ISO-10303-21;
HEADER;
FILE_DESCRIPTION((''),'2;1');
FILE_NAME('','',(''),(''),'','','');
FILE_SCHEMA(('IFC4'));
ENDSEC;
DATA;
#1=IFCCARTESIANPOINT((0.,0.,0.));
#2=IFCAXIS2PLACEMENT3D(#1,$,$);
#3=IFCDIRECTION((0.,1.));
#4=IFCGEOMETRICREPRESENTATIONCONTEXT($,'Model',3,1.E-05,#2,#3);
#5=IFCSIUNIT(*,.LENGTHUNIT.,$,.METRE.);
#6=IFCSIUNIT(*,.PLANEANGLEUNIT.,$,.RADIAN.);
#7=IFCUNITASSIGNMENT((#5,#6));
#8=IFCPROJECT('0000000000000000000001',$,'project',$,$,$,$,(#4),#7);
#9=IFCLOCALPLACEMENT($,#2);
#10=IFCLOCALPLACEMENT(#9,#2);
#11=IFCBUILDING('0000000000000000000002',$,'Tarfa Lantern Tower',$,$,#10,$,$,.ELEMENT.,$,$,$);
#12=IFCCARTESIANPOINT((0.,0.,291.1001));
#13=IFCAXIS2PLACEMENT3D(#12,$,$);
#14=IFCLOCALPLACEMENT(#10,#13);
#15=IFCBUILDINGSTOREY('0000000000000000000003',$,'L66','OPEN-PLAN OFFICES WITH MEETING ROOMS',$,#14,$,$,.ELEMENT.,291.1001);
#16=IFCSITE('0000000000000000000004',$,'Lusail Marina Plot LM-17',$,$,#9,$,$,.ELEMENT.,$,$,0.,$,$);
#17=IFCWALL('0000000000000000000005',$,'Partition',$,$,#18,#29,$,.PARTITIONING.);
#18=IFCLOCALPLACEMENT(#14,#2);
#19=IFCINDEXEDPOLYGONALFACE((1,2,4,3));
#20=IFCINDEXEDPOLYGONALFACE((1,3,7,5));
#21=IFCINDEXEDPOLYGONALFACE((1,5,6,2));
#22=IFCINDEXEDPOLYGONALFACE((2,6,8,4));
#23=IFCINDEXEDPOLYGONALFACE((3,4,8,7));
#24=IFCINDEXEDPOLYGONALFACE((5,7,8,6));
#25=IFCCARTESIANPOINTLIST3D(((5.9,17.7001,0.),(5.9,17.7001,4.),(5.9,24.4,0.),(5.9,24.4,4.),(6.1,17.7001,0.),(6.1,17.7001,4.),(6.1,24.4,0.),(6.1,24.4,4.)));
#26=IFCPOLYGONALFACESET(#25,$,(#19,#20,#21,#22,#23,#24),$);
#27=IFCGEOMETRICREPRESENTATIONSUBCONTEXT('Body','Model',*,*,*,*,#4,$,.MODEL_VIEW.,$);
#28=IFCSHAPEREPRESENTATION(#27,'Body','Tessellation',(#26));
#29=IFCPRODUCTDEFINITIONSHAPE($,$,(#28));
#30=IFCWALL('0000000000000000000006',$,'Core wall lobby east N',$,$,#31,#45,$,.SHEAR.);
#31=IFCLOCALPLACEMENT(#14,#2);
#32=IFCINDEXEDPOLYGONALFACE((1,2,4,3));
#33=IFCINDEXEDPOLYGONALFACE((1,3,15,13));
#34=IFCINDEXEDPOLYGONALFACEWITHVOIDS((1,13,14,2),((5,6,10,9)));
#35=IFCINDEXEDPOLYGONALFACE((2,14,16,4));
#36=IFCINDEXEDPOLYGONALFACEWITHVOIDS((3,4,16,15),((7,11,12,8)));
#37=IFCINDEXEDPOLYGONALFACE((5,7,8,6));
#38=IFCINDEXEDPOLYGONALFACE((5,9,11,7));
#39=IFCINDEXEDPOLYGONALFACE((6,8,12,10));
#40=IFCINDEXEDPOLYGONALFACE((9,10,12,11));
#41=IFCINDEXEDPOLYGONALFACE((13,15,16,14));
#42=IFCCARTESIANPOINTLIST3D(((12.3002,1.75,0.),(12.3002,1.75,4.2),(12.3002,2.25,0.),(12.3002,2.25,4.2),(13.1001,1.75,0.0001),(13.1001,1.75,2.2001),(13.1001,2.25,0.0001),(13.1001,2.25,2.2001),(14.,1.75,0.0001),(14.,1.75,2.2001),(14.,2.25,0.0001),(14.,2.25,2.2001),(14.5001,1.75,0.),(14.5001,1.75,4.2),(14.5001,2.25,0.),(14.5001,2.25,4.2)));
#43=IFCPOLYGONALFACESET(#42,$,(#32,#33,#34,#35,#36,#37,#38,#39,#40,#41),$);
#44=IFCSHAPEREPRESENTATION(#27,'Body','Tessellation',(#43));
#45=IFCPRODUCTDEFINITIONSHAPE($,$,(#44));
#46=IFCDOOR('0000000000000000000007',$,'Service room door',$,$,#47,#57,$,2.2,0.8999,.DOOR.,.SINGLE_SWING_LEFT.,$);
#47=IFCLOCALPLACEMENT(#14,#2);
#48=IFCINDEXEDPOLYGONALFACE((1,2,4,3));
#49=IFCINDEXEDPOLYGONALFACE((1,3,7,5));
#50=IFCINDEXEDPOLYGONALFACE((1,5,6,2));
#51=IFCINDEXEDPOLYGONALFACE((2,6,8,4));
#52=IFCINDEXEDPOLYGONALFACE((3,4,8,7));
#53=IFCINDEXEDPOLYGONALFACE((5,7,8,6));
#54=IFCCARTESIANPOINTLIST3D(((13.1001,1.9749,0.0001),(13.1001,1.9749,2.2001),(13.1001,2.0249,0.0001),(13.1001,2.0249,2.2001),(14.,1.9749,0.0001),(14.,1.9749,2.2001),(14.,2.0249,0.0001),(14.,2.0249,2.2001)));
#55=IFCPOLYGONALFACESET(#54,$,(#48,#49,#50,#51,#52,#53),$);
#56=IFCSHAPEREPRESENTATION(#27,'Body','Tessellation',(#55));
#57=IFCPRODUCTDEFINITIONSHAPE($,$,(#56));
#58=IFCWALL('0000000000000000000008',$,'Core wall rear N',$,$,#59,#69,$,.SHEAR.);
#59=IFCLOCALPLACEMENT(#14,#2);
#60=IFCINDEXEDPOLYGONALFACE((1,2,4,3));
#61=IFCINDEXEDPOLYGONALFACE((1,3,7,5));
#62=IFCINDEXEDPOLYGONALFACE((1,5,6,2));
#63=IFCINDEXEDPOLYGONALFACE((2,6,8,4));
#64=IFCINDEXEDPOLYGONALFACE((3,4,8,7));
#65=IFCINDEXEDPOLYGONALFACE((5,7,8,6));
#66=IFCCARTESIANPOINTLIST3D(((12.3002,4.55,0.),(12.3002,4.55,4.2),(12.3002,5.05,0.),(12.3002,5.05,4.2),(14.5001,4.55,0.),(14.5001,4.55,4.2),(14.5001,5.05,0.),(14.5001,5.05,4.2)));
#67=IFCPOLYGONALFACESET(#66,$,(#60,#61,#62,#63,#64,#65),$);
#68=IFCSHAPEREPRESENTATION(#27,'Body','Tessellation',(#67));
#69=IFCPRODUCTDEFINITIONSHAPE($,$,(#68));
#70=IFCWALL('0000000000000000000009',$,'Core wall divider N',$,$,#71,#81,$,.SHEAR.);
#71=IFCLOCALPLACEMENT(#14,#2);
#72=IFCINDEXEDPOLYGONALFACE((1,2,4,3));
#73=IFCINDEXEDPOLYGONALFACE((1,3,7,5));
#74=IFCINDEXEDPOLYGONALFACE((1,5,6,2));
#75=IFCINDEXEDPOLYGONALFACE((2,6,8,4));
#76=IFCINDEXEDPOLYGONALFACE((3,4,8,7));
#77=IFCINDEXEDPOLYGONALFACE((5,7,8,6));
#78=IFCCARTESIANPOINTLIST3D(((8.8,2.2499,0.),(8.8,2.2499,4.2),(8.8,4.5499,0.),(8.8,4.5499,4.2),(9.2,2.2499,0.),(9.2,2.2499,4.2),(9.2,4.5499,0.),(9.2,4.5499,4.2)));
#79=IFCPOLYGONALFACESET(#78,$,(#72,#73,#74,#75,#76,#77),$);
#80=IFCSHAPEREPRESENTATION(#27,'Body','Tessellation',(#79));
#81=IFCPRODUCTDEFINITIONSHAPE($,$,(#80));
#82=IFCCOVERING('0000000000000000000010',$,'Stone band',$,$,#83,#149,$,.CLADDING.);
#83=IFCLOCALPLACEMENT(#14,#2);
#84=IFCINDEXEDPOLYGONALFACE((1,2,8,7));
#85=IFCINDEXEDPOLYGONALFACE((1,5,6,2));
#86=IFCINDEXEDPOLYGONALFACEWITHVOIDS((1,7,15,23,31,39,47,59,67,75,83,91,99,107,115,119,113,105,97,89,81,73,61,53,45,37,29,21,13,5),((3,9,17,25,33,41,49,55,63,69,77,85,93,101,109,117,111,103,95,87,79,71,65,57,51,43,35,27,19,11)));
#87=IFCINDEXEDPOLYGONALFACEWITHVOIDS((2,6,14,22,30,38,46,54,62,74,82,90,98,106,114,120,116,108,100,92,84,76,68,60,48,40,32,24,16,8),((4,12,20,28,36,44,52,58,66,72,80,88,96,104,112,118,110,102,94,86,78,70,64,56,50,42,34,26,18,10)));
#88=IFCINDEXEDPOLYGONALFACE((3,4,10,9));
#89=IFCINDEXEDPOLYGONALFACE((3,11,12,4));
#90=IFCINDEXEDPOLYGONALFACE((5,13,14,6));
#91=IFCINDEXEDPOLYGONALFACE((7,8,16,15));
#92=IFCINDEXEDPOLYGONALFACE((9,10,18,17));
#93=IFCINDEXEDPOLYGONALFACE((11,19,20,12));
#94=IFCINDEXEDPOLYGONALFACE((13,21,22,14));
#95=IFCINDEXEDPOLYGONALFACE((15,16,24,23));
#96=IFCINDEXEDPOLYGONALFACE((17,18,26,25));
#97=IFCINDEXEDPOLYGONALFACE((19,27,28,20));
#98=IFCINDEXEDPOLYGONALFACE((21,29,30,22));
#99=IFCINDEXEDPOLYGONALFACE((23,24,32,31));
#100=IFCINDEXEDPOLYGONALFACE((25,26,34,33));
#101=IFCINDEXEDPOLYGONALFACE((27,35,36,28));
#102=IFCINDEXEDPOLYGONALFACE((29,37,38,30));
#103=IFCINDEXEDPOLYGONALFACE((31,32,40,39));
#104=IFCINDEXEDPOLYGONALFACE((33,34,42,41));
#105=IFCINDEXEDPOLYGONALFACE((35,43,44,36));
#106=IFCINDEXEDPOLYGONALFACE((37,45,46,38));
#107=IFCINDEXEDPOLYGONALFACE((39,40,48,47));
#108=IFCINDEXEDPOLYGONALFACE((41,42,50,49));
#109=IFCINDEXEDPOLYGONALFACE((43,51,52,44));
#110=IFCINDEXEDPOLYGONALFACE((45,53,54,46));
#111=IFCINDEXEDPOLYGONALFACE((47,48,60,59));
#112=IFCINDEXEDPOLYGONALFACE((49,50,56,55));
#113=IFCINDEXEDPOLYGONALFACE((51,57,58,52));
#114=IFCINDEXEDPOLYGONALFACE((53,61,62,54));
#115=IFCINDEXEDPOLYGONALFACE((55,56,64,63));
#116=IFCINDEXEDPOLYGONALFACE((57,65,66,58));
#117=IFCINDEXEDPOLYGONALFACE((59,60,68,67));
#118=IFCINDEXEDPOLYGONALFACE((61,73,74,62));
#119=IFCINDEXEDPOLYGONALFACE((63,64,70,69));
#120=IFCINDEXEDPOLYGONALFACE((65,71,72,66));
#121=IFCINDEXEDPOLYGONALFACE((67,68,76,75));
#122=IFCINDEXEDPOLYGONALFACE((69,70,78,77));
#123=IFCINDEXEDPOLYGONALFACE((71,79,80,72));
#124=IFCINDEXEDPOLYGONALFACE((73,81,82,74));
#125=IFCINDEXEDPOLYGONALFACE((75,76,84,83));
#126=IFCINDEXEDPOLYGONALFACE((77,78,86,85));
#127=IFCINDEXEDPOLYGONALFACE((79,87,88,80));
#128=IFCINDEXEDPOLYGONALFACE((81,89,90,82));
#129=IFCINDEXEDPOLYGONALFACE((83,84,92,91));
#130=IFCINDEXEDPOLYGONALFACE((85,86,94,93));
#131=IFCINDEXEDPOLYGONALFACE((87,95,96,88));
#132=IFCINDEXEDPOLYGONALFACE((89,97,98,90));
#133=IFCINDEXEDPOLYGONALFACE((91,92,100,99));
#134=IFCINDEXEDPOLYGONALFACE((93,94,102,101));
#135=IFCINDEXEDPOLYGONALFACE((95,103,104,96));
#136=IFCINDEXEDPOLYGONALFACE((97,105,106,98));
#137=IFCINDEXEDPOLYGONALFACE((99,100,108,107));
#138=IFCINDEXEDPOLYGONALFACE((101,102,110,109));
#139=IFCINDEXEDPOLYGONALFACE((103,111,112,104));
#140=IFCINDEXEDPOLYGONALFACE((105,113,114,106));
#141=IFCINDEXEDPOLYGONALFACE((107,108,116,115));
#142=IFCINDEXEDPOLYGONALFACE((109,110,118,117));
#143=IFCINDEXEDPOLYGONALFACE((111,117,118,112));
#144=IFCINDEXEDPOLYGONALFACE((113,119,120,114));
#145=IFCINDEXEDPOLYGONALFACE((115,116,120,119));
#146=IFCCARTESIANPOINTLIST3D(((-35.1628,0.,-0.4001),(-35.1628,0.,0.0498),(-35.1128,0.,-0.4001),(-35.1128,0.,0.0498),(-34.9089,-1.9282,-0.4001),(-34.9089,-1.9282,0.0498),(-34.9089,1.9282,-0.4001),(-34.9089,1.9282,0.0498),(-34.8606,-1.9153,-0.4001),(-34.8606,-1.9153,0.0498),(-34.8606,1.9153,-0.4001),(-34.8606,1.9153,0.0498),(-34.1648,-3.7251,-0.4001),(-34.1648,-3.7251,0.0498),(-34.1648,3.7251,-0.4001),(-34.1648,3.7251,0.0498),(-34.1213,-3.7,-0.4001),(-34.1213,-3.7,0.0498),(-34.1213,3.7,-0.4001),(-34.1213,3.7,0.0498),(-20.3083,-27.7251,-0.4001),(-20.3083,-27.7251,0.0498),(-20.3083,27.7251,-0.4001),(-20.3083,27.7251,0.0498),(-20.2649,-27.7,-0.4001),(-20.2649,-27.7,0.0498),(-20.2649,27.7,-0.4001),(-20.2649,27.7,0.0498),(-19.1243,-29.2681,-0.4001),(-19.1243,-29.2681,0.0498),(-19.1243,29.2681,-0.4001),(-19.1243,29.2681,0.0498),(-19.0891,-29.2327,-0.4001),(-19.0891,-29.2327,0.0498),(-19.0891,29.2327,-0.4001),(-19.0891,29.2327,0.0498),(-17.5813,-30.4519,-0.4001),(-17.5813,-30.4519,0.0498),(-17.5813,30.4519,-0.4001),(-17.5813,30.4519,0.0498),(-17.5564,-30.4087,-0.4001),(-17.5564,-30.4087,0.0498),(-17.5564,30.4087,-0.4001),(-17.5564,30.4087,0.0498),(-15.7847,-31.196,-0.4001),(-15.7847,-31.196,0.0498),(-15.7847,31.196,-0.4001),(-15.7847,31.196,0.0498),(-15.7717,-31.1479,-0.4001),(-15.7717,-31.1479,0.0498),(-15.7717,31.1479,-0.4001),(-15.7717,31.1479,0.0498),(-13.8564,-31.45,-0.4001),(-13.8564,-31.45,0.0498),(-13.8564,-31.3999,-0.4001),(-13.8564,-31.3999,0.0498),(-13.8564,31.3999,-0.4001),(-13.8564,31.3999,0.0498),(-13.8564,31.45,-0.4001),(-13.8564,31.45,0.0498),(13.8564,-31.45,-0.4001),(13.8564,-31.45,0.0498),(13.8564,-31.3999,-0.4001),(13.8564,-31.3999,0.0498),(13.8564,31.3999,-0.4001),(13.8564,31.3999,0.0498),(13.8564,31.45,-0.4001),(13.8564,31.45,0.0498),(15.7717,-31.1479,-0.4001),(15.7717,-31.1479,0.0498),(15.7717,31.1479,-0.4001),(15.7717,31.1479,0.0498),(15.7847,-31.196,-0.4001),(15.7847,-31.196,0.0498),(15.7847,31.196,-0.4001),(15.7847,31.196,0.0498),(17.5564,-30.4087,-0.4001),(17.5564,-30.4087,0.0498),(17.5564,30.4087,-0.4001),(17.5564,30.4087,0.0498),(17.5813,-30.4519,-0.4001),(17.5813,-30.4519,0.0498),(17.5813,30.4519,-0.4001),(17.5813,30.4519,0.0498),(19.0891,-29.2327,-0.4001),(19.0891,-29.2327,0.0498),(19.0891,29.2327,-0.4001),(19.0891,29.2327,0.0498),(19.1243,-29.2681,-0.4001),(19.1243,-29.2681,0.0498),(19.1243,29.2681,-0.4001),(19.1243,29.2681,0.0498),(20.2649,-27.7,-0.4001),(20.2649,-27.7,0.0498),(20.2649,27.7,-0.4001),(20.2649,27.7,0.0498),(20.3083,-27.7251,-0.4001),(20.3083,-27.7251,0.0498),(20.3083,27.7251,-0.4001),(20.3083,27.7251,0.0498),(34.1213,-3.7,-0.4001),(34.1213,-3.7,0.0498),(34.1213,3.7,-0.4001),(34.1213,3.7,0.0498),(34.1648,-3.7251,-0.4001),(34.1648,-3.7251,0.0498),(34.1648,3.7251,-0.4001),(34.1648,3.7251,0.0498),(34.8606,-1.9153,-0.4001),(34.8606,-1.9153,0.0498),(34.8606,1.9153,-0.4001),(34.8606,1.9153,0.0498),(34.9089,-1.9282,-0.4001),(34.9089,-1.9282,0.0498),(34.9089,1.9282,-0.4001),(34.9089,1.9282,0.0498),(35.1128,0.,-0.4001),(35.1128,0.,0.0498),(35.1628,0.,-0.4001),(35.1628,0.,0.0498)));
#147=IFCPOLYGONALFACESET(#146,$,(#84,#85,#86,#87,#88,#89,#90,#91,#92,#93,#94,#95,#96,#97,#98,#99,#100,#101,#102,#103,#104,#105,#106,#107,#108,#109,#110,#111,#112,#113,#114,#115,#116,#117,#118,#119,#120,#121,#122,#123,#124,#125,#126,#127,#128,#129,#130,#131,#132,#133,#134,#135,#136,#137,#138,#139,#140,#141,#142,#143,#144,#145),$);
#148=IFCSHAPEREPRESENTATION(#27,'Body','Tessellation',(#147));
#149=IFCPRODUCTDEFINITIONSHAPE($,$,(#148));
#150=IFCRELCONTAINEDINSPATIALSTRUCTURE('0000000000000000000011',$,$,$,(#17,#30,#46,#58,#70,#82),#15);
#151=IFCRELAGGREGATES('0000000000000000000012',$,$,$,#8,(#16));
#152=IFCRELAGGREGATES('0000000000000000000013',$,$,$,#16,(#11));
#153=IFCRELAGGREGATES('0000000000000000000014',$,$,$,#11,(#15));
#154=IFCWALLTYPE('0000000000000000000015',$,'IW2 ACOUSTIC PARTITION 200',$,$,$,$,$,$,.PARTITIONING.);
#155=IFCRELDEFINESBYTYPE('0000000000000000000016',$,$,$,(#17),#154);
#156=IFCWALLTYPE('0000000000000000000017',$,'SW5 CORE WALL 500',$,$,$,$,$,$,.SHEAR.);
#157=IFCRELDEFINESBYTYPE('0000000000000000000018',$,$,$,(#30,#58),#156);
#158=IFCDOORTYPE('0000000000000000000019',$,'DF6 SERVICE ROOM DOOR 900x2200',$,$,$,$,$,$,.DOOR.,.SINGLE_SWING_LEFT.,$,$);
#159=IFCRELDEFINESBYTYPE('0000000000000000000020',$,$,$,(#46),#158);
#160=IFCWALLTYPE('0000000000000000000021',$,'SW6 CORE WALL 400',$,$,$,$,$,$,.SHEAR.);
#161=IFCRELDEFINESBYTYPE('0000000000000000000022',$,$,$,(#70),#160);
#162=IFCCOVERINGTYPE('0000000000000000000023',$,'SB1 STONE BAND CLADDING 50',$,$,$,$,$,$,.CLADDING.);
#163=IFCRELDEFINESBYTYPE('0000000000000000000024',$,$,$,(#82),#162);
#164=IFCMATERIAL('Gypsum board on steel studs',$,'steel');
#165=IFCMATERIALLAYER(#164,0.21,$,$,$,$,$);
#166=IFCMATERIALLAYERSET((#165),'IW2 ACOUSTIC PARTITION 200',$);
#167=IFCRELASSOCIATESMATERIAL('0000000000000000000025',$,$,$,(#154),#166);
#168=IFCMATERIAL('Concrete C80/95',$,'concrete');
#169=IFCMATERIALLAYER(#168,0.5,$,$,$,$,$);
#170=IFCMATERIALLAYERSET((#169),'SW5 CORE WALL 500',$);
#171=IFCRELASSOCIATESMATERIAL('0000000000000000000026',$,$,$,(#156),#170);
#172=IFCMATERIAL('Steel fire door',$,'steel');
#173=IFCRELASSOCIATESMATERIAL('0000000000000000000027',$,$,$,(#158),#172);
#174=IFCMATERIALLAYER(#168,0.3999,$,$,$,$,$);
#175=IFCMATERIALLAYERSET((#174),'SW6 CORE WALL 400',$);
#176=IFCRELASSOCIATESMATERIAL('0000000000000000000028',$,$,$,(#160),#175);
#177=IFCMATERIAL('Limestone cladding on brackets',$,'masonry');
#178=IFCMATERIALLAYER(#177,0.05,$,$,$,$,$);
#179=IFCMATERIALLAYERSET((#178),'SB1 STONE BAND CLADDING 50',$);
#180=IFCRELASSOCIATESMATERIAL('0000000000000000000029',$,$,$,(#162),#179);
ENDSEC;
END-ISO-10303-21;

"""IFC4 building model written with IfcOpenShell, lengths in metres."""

from ifc_helpers import new_model, si_unit, direction, frame, frame_2d, origin, place, context, subcontext, project, spatial, polyline, rectangle, outline, extrude, material, layer, layer_set, type_object, element, fill, save


model = new_model("IFC4")

# Units and contexts
model_context = context("Model", 3, precision=1e-05, world=origin(), true_north=direction((0.0, 1.0)))
body_context = subcontext(model_context, "Body", "Model", "MODEL_VIEW")
ifc_project = project(units=[si_unit("LENGTHUNIT", "METRE"), si_unit("PLANEANGLEUNIT", "RADIAN")], contexts=[model_context])

# Site, building, storey
site_placement = place(None, origin())
site = spatial("IfcSite", under=ifc_project, at=site_placement, Name="Lusail Marina Plot LM-17", CompositionType="ELEMENT", RefElevation=0.0)
building_placement = place(site_placement, origin())
building = spatial("IfcBuilding", under=site, at=building_placement, Name="Tarfa Lantern Tower", CompositionType="ELEMENT")
storey_placement = place(building_placement, frame((0.0, 0.0, 291.1001)))
storey = spatial("IfcBuildingStorey", under=building, at=storey_placement, Name="L66", Description="OPEN-PLAN OFFICES WITH MEETING ROOMS", CompositionType="ELEMENT", Elevation=291.1001)

# Shared definitions
ifc_material_1 = material(Name="Concrete C80/95", Category="concrete")

# Shared definitions
ifc_material_2 = material(Name="Gypsum board on steel studs", Category="steel")
ifc_layer_1 = layer(ifc_material_2, 0.21)
ifc_layer_set_1 = layer_set([ifc_layer_1], Name="IW2 ACOUSTIC PARTITION 200")
wall_type_1 = type_object("IfcWallType", Name="IW2 ACOUSTIC PARTITION 200", PredefinedType="PARTITIONING", material=ifc_layer_set_1)

# Wall
wall_1_placement = place(storey_placement, frame((6.0, 17.7, 0.0), z_axis=(0.0, 0.0, 1.0), x_axis=(0.0, 1.0, 0.0)))
element("IfcWall", 1, at=wall_1_placement, inside=storey, type_object=wall_type_1, Name="Partition", PredefinedType="PARTITIONING", context=body_context, shape_type="SweptSolid", body=[
    extrude(rectangle(XDim=6.7, YDim=0.2, at=frame_2d((3.3501, 0.0))), origin(), (0.0, 0.0, 1.0), 4.0),
])

# Wall, opening, door
ifc_layer_2 = layer(ifc_material_1, 0.5)
ifc_layer_set_2 = layer_set([ifc_layer_2], Name="SW5 CORE WALL 500")
wall_type_2 = type_object("IfcWallType", Name="SW5 CORE WALL 500", PredefinedType="SHEAR", material=ifc_layer_set_2)
wall_2_placement = place(storey_placement, frame((12.3, 2.0, 0.0), z_axis=(0.0, 0.0, 1.0), x_axis=(1.0, 0.0, 0.0)))
wall_2 = element("IfcWall", 2, at=wall_2_placement, inside=storey, type_object=wall_type_2, Name="Core wall lobby east N", PredefinedType="SHEAR", context=body_context, shape_type="SweptSolid", body=[
    extrude(rectangle(XDim=2.2, YDim=0.5, at=frame_2d((1.1001, 0.0))), origin(), (0.0, 0.0, 1.0), 4.2),
])
opening_1_placement = place(wall_2_placement, frame((0.8, 0.0, 0.0)))
opening_1 = element("IfcOpeningElement", 3, at=opening_1_placement, cuts=wall_2, PredefinedType="OPENING", context=body_context, shape_type="SweptSolid", body=[
    extrude(rectangle(XDim=0.8999, YDim=2.2, at=frame_2d((0.45, 1.1001))), frame((0.0, 0.26, 0.0), z_axis=(0.0, -1.0, 0.0), x_axis=(1.0, 0.0, 0.0)), (0.0, 0.0, 1.0), 0.52),
])
ifc_material_3 = material(Name="Steel fire door", Category="steel")
door_type_1 = type_object("IfcDoorType", Name="DF6 SERVICE ROOM DOOR 900x2200", OperationType="SINGLE_SWING_LEFT", PredefinedType="DOOR", material=ifc_material_3)
door_1_placement = place(opening_1_placement, origin())
door_1 = element("IfcDoor", 4, at=door_1_placement, inside=storey, type_object=door_type_1, Name="Service room door", OperationType="SINGLE_SWING_LEFT", OverallHeight=2.2, OverallWidth=0.8999, PredefinedType="DOOR", context=body_context, shape_type="SweptSolid", body=[
    extrude(rectangle(XDim=0.8999, YDim=2.2, at=frame_2d((0.45, 1.1001))), frame((0.0, 0.0249, 0.0), z_axis=(0.0, -1.0, 0.0), x_axis=(1.0, 0.0, 0.0)), (0.0, 0.0, 1.0), 0.05),
])
fill(opening_1, door_1)

# Walls
wall_3_placement = place(storey_placement, frame((12.3, 4.8, 0.0), z_axis=(0.0, 0.0, 1.0), x_axis=(1.0, 0.0, 0.0)))
element("IfcWall", 5, at=wall_3_placement, inside=storey, type_object=wall_type_2, Name="Core wall rear N", PredefinedType="SHEAR", context=body_context, shape_type="SweptSolid", body=[
    extrude(rectangle(XDim=2.2, YDim=0.5, at=frame_2d((1.1001, 0.0))), origin(), (0.0, 0.0, 1.0), 4.2),
])
ifc_layer_3 = layer(ifc_material_1, 0.3999)
ifc_layer_set_3 = layer_set([ifc_layer_3], Name="SW6 CORE WALL 400")
wall_type_3 = type_object("IfcWallType", Name="SW6 CORE WALL 400", PredefinedType="SHEAR", material=ifc_layer_set_3)
wall_4_placement = place(storey_placement, frame((9.0, 2.25, 0.0), z_axis=(0.0, 0.0, 1.0), x_axis=(0.0, 1.0, 0.0)))
element("IfcWall", 6, at=wall_4_placement, inside=storey, type_object=wall_type_3, Name="Core wall divider N", PredefinedType="SHEAR", context=body_context, shape_type="SweptSolid", body=[
    extrude(rectangle(XDim=2.3, YDim=0.3999, at=frame_2d((1.1499, 0.0))), origin(), (0.0, 0.0, 1.0), 4.2),
])

# Covering
ifc_material_4 = material(Name="Limestone cladding on brackets", Category="masonry")
ifc_layer_4 = layer(ifc_material_4, 0.05)
ifc_layer_set_4 = layer_set([ifc_layer_4], Name="SB1 STONE BAND CLADDING 50")
covering_type = type_object("IfcCoveringType", Name="SB1 STONE BAND CLADDING 50", PredefinedType="CLADDING", material=ifc_layer_set_4)
covering_placement = place(storey_placement, frame((0.0, 0.0, -0.4001)))
element("IfcCovering", 7, at=covering_placement, inside=storey, type_object=covering_type, Name="Stone band", PredefinedType="CLADDING", context=body_context, shape_type="SweptSolid", body=[
    extrude(outline(polyline([(34.1648, 3.7251), (20.3083, 27.7251), (19.1243, 29.2681), (17.5813, 30.4519), (15.7847, 31.196), (13.8564, 31.45), (-13.8564, 31.45), (-15.7847, 31.196), (-17.5813, 30.4519), (-19.1243, 29.2681), (-20.3083, 27.7251), (-34.1648, 3.7251), (-34.9089, 1.9282), (-35.1628, 0.0), (-34.9089, -1.9282), (-34.1648, -3.7251), (-20.3083, -27.7251), (-19.1243, -29.2681), (-17.5813, -30.4519), (-15.7847, -31.196), (-13.8564, -31.45), (13.8564, -31.45), (15.7847, -31.196), (17.5813, -30.4519), (19.1243, -29.2681), (20.3083, -27.7251), (34.1648, -3.7251), (34.9089, -1.9282), (35.1628, 0.0), (34.9089, 1.9282), (34.1648, 3.7251)]), holes=[polyline([(34.1213, 3.7), (20.2649, 27.7), (19.0891, 29.2327), (17.5564, 30.4087), (15.7717, 31.1479), (13.8564, 31.3999), (-13.8564, 31.3999), (-15.7717, 31.1479), (-17.5564, 30.4087), (-19.0891, 29.2327), (-20.2649, 27.7), (-34.1213, 3.7), (-34.8606, 1.9153), (-35.1128, 0.0), (-34.8606, -1.9153), (-34.1213, -3.7), (-20.2649, -27.7), (-19.0891, -29.2327), (-17.5564, -30.4087), (-15.7717, -31.1479), (-13.8564, -31.3999), (13.8564, -31.3999), (15.7717, -31.1479), (17.5564, -30.4087), (19.0891, -29.2327), (20.2649, -27.7), (34.1213, -3.7), (34.8606, -1.9153), (35.1128, 0.0), (34.8606, 1.9153), (34.1213, 3.7)])]), origin(), (0.0, 0.0, 1.0), 0.45),
])

save(model, "model.ifc")
